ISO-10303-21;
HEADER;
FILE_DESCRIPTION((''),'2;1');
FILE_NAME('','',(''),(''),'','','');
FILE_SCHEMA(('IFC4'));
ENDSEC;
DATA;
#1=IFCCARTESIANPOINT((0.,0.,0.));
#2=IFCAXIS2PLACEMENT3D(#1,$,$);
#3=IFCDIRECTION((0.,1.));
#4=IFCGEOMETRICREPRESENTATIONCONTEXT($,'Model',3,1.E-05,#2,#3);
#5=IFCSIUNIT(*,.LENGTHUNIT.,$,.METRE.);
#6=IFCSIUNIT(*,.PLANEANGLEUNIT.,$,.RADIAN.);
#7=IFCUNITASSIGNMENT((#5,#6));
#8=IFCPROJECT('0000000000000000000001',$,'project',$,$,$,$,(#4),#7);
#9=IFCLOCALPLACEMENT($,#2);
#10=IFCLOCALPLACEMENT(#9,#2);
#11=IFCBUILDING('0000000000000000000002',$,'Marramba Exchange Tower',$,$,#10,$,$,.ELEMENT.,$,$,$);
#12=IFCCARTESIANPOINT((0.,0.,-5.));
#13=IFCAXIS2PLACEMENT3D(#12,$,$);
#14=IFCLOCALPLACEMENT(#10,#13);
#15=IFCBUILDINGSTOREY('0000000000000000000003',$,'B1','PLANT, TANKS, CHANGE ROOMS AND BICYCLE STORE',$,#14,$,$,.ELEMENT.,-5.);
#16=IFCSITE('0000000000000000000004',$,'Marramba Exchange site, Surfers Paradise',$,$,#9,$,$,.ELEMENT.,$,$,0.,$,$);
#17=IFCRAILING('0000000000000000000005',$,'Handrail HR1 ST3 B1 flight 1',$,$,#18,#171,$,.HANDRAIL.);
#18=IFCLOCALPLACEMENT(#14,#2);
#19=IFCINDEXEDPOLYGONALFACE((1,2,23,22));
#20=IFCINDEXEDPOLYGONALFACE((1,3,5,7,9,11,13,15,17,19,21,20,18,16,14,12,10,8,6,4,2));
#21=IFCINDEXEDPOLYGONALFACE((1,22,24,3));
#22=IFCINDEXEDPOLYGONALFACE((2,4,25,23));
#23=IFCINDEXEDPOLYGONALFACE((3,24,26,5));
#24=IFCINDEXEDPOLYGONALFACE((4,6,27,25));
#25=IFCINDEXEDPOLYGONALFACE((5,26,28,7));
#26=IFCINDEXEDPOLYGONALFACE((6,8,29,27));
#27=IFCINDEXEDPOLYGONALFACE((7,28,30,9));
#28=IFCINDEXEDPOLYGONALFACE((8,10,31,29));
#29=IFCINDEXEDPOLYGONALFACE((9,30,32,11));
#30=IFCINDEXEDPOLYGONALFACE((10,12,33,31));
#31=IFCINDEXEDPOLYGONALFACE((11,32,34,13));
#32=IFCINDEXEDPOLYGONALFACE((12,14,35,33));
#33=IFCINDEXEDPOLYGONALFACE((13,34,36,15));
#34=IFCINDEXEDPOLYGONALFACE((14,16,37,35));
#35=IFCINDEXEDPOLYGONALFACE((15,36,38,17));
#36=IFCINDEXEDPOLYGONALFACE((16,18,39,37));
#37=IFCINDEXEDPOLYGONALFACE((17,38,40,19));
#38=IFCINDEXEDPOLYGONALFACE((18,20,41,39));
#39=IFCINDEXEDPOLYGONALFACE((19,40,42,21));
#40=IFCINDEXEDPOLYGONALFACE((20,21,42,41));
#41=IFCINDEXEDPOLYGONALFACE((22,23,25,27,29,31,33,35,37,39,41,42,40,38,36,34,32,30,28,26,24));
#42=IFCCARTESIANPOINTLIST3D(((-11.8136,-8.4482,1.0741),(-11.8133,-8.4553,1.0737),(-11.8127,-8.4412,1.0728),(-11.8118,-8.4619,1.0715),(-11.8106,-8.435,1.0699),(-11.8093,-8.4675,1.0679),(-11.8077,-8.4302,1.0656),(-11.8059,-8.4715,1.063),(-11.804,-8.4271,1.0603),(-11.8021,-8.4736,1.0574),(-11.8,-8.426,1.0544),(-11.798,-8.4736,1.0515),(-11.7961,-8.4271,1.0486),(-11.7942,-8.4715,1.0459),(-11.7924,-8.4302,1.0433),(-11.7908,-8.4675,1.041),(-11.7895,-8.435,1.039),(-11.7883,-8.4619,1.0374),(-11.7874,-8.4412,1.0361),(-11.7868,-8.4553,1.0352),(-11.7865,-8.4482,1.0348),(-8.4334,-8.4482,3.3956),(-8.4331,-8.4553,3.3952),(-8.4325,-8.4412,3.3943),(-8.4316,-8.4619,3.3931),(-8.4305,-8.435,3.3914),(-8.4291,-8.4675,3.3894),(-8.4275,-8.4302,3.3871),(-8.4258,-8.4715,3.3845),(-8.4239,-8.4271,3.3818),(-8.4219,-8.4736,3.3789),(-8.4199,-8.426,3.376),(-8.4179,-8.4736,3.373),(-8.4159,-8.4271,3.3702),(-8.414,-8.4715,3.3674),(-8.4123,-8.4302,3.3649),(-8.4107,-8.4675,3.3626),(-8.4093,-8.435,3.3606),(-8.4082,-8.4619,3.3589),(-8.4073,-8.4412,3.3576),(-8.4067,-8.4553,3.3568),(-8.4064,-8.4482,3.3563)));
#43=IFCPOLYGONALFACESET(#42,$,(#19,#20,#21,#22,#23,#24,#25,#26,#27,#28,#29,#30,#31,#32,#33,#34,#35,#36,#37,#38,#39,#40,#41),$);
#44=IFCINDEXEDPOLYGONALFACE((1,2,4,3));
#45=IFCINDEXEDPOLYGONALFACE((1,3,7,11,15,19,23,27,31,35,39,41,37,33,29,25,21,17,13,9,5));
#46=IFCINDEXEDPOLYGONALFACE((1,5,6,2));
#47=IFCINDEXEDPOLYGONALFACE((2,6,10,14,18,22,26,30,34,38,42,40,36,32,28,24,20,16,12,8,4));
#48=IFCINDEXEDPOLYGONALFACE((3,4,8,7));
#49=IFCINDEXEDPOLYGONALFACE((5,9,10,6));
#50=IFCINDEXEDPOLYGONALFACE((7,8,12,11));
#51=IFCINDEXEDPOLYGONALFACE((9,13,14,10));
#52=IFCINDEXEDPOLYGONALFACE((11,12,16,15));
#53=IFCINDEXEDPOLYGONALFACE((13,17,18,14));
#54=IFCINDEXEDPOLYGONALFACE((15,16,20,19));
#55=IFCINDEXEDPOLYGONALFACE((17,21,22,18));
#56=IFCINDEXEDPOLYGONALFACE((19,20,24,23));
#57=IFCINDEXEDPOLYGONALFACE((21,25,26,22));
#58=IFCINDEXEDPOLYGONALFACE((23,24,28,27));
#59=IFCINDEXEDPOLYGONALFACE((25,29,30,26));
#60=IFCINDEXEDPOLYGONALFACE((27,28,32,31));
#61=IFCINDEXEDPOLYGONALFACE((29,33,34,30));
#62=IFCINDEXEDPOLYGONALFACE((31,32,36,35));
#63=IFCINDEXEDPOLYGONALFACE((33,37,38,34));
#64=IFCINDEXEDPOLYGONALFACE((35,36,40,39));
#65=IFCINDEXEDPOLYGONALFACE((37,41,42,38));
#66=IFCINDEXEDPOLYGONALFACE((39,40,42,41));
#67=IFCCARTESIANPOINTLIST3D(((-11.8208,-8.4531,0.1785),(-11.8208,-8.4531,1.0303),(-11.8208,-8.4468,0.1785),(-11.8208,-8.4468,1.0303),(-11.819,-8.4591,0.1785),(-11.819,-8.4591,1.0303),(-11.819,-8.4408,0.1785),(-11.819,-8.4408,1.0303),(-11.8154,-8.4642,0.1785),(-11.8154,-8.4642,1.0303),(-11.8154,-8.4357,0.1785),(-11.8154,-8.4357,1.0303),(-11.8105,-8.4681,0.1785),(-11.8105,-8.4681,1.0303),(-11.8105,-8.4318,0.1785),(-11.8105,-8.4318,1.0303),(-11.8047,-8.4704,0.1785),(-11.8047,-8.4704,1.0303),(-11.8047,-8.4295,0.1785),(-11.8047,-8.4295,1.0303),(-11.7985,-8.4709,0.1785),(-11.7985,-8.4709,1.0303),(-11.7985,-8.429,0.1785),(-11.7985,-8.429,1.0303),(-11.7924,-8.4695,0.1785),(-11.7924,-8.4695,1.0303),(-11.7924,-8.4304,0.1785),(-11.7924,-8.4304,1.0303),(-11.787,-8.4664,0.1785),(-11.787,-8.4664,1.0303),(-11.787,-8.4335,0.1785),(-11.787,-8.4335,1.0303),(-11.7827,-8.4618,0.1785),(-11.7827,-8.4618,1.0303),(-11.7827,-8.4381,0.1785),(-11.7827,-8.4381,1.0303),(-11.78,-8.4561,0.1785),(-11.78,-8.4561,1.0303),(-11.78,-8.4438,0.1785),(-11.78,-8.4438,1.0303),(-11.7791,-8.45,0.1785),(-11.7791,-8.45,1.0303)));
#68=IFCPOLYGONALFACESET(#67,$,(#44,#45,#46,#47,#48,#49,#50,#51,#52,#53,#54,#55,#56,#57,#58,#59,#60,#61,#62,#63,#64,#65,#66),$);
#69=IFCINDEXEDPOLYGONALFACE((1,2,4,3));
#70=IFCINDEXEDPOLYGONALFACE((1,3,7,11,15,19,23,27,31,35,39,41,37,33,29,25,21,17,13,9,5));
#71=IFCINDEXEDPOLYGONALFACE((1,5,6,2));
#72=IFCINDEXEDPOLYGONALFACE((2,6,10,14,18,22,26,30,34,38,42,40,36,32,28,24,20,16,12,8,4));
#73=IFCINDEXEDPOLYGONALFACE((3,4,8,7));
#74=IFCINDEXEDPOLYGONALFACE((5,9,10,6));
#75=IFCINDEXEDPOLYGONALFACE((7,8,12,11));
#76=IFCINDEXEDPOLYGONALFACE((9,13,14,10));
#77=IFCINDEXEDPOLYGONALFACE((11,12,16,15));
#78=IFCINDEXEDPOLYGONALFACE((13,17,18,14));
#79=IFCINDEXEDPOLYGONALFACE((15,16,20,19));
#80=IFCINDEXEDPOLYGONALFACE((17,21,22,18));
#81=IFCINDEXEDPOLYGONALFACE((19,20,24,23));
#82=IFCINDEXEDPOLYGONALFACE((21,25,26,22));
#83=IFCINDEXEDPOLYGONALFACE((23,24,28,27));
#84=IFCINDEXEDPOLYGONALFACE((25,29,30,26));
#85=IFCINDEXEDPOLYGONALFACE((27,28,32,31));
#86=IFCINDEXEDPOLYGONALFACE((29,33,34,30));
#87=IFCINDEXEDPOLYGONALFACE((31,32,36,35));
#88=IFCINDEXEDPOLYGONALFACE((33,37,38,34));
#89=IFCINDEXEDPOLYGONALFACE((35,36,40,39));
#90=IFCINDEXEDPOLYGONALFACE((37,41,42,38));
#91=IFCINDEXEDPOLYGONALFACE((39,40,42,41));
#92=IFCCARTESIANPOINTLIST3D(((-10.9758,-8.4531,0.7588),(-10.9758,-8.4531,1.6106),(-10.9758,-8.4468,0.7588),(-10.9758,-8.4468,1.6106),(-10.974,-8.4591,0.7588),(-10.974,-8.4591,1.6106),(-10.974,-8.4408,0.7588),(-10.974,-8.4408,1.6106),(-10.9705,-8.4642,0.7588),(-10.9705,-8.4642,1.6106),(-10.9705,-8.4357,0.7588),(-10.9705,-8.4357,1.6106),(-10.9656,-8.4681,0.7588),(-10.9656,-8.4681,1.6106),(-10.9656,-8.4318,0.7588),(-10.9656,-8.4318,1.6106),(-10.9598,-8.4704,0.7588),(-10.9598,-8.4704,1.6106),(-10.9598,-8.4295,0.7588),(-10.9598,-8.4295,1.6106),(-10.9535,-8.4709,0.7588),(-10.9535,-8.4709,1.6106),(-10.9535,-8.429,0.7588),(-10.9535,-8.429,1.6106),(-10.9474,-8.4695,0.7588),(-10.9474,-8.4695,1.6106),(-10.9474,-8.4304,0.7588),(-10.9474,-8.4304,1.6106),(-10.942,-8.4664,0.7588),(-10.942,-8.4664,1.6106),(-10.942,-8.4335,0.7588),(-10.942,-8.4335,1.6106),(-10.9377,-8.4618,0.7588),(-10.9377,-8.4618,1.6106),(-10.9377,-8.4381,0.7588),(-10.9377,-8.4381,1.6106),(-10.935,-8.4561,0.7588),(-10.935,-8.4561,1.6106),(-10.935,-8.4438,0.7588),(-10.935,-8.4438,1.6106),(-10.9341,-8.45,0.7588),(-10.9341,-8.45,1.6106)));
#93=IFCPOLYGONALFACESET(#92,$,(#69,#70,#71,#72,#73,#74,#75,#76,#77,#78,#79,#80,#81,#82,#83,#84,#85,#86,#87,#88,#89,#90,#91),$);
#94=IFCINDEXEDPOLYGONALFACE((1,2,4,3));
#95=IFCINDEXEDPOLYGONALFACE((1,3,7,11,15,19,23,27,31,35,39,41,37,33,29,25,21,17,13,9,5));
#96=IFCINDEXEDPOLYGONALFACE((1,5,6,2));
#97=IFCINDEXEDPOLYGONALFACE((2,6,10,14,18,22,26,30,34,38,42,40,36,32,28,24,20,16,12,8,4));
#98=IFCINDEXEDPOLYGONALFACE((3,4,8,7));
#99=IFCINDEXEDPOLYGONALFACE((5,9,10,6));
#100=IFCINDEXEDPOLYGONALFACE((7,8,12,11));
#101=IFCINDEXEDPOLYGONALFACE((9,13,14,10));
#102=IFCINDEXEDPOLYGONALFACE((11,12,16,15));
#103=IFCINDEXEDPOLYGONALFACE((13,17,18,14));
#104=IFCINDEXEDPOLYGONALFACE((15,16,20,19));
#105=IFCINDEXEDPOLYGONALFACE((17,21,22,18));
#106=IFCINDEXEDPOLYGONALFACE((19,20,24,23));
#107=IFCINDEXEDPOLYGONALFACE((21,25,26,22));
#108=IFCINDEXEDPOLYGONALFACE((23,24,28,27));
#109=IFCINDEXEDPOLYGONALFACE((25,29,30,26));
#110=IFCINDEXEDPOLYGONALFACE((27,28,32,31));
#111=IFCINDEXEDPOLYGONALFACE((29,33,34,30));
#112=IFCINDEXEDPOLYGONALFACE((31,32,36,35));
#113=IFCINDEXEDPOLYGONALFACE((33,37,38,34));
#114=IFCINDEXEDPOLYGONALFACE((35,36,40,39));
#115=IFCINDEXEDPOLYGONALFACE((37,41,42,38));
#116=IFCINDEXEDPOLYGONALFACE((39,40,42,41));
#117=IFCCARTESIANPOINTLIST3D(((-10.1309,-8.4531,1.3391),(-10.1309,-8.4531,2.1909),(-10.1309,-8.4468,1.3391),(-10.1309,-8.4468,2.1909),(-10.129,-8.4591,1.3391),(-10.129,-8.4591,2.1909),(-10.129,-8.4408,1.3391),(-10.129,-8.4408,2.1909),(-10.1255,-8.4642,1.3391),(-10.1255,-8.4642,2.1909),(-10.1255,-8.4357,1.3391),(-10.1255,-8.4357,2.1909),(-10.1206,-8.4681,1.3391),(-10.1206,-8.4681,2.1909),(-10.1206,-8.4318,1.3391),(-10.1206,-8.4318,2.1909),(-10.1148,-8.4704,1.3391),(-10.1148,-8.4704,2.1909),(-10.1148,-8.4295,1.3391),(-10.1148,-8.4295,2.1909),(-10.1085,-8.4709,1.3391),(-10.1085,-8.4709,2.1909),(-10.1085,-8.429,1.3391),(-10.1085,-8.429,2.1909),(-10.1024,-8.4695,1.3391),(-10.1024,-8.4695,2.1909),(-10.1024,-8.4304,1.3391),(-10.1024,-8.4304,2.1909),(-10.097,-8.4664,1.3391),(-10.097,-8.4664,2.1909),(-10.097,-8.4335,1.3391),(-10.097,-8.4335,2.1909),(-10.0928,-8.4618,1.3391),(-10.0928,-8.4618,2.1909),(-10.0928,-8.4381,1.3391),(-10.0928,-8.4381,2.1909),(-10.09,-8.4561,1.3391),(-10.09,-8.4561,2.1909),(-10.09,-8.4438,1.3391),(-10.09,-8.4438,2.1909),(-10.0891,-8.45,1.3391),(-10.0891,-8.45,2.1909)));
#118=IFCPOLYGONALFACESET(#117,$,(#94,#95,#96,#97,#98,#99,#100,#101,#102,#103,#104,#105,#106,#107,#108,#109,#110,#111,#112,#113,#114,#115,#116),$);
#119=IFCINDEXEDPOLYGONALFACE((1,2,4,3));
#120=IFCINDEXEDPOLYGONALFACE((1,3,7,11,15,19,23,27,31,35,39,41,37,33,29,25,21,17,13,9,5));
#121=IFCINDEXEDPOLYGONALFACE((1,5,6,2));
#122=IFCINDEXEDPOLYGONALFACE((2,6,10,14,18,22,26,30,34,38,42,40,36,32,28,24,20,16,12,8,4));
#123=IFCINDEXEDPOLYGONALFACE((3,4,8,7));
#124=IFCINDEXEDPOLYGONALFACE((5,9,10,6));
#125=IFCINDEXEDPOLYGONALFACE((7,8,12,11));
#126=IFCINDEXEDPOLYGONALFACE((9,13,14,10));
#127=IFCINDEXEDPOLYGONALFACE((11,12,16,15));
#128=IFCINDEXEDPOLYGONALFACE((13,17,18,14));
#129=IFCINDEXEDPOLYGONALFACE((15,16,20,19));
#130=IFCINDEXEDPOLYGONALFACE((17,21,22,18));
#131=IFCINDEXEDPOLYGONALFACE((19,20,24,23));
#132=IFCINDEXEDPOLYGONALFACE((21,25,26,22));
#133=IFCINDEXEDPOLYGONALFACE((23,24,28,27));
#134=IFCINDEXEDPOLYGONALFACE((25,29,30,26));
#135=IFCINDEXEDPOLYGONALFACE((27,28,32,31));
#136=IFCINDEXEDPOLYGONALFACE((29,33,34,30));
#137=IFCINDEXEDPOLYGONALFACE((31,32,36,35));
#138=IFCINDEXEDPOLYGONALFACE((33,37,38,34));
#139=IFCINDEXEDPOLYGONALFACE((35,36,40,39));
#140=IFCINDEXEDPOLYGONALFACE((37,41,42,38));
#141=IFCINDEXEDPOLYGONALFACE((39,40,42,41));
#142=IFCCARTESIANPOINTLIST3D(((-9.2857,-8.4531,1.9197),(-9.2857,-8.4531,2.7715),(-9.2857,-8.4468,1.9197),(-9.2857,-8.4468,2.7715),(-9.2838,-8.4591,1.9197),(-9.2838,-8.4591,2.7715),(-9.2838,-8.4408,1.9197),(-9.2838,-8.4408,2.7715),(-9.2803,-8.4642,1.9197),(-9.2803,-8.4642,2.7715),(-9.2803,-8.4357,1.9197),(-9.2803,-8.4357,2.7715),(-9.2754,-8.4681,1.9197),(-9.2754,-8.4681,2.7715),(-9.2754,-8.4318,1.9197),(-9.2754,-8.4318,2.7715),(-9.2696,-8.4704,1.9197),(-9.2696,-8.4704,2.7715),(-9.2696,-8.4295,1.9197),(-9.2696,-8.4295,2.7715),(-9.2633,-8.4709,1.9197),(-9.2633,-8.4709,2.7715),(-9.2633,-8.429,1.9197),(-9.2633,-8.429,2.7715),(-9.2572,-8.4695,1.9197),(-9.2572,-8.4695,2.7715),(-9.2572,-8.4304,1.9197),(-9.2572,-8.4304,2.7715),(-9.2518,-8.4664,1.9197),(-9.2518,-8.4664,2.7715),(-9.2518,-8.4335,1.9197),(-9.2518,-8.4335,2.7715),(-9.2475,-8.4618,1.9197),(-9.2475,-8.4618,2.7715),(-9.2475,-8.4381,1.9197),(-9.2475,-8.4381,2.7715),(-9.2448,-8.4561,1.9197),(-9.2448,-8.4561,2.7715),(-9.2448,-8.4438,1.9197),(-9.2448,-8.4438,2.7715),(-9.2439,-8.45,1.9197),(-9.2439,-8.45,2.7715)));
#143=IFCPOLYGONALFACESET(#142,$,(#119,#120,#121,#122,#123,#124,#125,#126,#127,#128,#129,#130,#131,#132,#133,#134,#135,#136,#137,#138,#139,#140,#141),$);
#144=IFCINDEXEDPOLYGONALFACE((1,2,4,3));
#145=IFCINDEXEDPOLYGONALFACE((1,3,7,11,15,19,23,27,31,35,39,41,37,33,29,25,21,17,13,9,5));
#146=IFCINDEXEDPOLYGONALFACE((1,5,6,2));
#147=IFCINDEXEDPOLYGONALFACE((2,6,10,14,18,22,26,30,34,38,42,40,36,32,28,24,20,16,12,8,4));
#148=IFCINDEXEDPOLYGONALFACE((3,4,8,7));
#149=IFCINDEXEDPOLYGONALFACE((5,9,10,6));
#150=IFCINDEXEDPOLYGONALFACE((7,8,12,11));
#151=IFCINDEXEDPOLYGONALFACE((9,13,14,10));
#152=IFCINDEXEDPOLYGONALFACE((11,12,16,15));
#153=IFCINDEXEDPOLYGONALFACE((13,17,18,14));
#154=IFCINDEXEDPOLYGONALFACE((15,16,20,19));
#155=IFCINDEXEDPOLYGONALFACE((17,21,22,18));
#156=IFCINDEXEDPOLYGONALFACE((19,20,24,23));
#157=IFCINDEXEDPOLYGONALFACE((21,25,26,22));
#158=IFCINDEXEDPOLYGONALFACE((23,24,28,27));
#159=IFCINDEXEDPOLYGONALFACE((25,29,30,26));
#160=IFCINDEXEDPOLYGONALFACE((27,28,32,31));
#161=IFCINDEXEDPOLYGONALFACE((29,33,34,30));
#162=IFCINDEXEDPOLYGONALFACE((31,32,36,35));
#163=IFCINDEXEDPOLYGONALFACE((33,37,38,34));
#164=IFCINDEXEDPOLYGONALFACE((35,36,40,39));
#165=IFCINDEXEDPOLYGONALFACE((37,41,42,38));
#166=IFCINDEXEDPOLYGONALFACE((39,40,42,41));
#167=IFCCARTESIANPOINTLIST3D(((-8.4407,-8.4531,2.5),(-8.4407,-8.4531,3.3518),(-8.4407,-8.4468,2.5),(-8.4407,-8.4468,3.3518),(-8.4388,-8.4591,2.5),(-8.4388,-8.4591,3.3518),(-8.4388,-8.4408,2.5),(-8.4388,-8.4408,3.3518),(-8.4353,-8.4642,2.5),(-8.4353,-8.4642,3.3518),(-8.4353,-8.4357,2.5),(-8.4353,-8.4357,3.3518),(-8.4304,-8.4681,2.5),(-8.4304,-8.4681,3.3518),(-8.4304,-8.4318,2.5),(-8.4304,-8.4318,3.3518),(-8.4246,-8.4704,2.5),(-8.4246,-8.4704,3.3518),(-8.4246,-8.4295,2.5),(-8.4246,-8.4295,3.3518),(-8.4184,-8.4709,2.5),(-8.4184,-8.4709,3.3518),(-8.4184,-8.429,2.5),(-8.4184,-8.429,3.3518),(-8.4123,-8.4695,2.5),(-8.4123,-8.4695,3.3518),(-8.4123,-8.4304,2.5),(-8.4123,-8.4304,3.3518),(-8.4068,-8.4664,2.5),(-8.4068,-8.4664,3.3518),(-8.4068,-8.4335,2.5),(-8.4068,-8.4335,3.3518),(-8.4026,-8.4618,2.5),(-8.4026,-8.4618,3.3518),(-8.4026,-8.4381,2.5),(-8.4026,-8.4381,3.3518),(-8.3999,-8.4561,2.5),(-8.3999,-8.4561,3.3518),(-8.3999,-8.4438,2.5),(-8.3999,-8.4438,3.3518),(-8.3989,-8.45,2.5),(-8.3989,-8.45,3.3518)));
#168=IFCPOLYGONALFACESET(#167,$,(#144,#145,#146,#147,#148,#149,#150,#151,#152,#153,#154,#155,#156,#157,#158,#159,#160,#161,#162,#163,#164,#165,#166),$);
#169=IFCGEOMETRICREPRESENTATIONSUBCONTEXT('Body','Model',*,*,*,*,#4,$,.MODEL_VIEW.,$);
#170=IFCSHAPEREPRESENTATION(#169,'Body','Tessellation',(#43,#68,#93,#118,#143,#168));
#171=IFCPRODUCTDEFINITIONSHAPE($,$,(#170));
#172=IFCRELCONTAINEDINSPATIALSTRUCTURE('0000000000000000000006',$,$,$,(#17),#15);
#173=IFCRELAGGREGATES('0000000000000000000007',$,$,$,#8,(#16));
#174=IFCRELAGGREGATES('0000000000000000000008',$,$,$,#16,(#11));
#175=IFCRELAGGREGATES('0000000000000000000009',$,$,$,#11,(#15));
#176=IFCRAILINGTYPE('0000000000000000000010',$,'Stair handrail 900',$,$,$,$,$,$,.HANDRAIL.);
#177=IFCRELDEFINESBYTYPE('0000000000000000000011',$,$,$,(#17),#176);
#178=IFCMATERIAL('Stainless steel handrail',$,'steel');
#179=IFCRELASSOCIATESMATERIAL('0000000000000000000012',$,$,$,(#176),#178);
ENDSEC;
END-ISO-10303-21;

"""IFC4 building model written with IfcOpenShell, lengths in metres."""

from ifc_helpers import new_model, si_unit, direction, frame, origin, origin_2d, place, context, subcontext, project, spatial, circle, extrude, material, type_object, element, save


model = new_model("IFC4")

# Units and contexts
model_context = context("Model", 3, precision=1e-05, world=origin(), true_north=direction((0.0, 1.0)))
body_context = subcontext(model_context, "Body", "Model", "MODEL_VIEW")
ifc_project = project(units=[si_unit("LENGTHUNIT", "METRE"), si_unit("PLANEANGLEUNIT", "RADIAN")], contexts=[model_context])

# Site, building, storey
site_placement = place(None, origin())
site = spatial("IfcSite", under=ifc_project, at=site_placement, Name="Marramba Exchange site, Surfers Paradise", CompositionType="ELEMENT", RefElevation=0.0)
building_placement = place(site_placement, origin())
building = spatial("IfcBuilding", under=site, at=building_placement, Name="Marramba Exchange Tower", CompositionType="ELEMENT")
storey_placement = place(building_placement, frame((0.0, 0.0, -5.0)))
storey = spatial("IfcBuildingStorey", under=building, at=storey_placement, Name="B1", Description="PLANT, TANKS, CHANGE ROOMS AND BICYCLE STORE", CompositionType="ELEMENT", Elevation=-5.0)

# Railing
ifc_material_1 = material(Name="Stainless steel handrail", Category="steel")
railing_type = type_object("IfcRailingType", Name="Stair handrail 900", PredefinedType="HANDRAIL", material=ifc_material_1)
railing_placement = place(storey_placement, frame((-11.8, -8.45, 0.1785)))
element("IfcRailing", 1, at=railing_placement, inside=storey, type_object=railing_type, Name="Handrail HR1 ST3 B1 flight 1", PredefinedType="HANDRAIL", context=body_context, shape_type="SweptSolid", body=[
    extrude(circle(Radius=0.0239, at=origin_2d()), frame((0.0, 0.0, 0.876), z_axis=(0.824304, 0.0, 0.566147), x_axis=(0.0, 1.0, 0.0)), (0.0, 0.0, 1.0), 4.1006),
    extrude(circle(Radius=0.021, at=origin_2d()), origin(), (0.0, 0.0, 1.0), 0.8518),
    extrude(circle(Radius=0.021, at=origin_2d()), frame((0.845, 0.0, 0.5803)), (0.0, 0.0, 1.0), 0.8518),
    extrude(circle(Radius=0.021, at=origin_2d()), frame((1.6899, 0.0, 1.1606)), (0.0, 0.0, 1.0), 0.8518),
    extrude(circle(Radius=0.021, at=origin_2d()), frame((2.5352, 0.0, 1.7412)), (0.0, 0.0, 1.0), 0.8518),
    extrude(circle(Radius=0.021, at=origin_2d()), frame((3.3801, 0.0, 2.3215)), (0.0, 0.0, 1.0), 0.8518),
])

save(model, "model.ifc")
